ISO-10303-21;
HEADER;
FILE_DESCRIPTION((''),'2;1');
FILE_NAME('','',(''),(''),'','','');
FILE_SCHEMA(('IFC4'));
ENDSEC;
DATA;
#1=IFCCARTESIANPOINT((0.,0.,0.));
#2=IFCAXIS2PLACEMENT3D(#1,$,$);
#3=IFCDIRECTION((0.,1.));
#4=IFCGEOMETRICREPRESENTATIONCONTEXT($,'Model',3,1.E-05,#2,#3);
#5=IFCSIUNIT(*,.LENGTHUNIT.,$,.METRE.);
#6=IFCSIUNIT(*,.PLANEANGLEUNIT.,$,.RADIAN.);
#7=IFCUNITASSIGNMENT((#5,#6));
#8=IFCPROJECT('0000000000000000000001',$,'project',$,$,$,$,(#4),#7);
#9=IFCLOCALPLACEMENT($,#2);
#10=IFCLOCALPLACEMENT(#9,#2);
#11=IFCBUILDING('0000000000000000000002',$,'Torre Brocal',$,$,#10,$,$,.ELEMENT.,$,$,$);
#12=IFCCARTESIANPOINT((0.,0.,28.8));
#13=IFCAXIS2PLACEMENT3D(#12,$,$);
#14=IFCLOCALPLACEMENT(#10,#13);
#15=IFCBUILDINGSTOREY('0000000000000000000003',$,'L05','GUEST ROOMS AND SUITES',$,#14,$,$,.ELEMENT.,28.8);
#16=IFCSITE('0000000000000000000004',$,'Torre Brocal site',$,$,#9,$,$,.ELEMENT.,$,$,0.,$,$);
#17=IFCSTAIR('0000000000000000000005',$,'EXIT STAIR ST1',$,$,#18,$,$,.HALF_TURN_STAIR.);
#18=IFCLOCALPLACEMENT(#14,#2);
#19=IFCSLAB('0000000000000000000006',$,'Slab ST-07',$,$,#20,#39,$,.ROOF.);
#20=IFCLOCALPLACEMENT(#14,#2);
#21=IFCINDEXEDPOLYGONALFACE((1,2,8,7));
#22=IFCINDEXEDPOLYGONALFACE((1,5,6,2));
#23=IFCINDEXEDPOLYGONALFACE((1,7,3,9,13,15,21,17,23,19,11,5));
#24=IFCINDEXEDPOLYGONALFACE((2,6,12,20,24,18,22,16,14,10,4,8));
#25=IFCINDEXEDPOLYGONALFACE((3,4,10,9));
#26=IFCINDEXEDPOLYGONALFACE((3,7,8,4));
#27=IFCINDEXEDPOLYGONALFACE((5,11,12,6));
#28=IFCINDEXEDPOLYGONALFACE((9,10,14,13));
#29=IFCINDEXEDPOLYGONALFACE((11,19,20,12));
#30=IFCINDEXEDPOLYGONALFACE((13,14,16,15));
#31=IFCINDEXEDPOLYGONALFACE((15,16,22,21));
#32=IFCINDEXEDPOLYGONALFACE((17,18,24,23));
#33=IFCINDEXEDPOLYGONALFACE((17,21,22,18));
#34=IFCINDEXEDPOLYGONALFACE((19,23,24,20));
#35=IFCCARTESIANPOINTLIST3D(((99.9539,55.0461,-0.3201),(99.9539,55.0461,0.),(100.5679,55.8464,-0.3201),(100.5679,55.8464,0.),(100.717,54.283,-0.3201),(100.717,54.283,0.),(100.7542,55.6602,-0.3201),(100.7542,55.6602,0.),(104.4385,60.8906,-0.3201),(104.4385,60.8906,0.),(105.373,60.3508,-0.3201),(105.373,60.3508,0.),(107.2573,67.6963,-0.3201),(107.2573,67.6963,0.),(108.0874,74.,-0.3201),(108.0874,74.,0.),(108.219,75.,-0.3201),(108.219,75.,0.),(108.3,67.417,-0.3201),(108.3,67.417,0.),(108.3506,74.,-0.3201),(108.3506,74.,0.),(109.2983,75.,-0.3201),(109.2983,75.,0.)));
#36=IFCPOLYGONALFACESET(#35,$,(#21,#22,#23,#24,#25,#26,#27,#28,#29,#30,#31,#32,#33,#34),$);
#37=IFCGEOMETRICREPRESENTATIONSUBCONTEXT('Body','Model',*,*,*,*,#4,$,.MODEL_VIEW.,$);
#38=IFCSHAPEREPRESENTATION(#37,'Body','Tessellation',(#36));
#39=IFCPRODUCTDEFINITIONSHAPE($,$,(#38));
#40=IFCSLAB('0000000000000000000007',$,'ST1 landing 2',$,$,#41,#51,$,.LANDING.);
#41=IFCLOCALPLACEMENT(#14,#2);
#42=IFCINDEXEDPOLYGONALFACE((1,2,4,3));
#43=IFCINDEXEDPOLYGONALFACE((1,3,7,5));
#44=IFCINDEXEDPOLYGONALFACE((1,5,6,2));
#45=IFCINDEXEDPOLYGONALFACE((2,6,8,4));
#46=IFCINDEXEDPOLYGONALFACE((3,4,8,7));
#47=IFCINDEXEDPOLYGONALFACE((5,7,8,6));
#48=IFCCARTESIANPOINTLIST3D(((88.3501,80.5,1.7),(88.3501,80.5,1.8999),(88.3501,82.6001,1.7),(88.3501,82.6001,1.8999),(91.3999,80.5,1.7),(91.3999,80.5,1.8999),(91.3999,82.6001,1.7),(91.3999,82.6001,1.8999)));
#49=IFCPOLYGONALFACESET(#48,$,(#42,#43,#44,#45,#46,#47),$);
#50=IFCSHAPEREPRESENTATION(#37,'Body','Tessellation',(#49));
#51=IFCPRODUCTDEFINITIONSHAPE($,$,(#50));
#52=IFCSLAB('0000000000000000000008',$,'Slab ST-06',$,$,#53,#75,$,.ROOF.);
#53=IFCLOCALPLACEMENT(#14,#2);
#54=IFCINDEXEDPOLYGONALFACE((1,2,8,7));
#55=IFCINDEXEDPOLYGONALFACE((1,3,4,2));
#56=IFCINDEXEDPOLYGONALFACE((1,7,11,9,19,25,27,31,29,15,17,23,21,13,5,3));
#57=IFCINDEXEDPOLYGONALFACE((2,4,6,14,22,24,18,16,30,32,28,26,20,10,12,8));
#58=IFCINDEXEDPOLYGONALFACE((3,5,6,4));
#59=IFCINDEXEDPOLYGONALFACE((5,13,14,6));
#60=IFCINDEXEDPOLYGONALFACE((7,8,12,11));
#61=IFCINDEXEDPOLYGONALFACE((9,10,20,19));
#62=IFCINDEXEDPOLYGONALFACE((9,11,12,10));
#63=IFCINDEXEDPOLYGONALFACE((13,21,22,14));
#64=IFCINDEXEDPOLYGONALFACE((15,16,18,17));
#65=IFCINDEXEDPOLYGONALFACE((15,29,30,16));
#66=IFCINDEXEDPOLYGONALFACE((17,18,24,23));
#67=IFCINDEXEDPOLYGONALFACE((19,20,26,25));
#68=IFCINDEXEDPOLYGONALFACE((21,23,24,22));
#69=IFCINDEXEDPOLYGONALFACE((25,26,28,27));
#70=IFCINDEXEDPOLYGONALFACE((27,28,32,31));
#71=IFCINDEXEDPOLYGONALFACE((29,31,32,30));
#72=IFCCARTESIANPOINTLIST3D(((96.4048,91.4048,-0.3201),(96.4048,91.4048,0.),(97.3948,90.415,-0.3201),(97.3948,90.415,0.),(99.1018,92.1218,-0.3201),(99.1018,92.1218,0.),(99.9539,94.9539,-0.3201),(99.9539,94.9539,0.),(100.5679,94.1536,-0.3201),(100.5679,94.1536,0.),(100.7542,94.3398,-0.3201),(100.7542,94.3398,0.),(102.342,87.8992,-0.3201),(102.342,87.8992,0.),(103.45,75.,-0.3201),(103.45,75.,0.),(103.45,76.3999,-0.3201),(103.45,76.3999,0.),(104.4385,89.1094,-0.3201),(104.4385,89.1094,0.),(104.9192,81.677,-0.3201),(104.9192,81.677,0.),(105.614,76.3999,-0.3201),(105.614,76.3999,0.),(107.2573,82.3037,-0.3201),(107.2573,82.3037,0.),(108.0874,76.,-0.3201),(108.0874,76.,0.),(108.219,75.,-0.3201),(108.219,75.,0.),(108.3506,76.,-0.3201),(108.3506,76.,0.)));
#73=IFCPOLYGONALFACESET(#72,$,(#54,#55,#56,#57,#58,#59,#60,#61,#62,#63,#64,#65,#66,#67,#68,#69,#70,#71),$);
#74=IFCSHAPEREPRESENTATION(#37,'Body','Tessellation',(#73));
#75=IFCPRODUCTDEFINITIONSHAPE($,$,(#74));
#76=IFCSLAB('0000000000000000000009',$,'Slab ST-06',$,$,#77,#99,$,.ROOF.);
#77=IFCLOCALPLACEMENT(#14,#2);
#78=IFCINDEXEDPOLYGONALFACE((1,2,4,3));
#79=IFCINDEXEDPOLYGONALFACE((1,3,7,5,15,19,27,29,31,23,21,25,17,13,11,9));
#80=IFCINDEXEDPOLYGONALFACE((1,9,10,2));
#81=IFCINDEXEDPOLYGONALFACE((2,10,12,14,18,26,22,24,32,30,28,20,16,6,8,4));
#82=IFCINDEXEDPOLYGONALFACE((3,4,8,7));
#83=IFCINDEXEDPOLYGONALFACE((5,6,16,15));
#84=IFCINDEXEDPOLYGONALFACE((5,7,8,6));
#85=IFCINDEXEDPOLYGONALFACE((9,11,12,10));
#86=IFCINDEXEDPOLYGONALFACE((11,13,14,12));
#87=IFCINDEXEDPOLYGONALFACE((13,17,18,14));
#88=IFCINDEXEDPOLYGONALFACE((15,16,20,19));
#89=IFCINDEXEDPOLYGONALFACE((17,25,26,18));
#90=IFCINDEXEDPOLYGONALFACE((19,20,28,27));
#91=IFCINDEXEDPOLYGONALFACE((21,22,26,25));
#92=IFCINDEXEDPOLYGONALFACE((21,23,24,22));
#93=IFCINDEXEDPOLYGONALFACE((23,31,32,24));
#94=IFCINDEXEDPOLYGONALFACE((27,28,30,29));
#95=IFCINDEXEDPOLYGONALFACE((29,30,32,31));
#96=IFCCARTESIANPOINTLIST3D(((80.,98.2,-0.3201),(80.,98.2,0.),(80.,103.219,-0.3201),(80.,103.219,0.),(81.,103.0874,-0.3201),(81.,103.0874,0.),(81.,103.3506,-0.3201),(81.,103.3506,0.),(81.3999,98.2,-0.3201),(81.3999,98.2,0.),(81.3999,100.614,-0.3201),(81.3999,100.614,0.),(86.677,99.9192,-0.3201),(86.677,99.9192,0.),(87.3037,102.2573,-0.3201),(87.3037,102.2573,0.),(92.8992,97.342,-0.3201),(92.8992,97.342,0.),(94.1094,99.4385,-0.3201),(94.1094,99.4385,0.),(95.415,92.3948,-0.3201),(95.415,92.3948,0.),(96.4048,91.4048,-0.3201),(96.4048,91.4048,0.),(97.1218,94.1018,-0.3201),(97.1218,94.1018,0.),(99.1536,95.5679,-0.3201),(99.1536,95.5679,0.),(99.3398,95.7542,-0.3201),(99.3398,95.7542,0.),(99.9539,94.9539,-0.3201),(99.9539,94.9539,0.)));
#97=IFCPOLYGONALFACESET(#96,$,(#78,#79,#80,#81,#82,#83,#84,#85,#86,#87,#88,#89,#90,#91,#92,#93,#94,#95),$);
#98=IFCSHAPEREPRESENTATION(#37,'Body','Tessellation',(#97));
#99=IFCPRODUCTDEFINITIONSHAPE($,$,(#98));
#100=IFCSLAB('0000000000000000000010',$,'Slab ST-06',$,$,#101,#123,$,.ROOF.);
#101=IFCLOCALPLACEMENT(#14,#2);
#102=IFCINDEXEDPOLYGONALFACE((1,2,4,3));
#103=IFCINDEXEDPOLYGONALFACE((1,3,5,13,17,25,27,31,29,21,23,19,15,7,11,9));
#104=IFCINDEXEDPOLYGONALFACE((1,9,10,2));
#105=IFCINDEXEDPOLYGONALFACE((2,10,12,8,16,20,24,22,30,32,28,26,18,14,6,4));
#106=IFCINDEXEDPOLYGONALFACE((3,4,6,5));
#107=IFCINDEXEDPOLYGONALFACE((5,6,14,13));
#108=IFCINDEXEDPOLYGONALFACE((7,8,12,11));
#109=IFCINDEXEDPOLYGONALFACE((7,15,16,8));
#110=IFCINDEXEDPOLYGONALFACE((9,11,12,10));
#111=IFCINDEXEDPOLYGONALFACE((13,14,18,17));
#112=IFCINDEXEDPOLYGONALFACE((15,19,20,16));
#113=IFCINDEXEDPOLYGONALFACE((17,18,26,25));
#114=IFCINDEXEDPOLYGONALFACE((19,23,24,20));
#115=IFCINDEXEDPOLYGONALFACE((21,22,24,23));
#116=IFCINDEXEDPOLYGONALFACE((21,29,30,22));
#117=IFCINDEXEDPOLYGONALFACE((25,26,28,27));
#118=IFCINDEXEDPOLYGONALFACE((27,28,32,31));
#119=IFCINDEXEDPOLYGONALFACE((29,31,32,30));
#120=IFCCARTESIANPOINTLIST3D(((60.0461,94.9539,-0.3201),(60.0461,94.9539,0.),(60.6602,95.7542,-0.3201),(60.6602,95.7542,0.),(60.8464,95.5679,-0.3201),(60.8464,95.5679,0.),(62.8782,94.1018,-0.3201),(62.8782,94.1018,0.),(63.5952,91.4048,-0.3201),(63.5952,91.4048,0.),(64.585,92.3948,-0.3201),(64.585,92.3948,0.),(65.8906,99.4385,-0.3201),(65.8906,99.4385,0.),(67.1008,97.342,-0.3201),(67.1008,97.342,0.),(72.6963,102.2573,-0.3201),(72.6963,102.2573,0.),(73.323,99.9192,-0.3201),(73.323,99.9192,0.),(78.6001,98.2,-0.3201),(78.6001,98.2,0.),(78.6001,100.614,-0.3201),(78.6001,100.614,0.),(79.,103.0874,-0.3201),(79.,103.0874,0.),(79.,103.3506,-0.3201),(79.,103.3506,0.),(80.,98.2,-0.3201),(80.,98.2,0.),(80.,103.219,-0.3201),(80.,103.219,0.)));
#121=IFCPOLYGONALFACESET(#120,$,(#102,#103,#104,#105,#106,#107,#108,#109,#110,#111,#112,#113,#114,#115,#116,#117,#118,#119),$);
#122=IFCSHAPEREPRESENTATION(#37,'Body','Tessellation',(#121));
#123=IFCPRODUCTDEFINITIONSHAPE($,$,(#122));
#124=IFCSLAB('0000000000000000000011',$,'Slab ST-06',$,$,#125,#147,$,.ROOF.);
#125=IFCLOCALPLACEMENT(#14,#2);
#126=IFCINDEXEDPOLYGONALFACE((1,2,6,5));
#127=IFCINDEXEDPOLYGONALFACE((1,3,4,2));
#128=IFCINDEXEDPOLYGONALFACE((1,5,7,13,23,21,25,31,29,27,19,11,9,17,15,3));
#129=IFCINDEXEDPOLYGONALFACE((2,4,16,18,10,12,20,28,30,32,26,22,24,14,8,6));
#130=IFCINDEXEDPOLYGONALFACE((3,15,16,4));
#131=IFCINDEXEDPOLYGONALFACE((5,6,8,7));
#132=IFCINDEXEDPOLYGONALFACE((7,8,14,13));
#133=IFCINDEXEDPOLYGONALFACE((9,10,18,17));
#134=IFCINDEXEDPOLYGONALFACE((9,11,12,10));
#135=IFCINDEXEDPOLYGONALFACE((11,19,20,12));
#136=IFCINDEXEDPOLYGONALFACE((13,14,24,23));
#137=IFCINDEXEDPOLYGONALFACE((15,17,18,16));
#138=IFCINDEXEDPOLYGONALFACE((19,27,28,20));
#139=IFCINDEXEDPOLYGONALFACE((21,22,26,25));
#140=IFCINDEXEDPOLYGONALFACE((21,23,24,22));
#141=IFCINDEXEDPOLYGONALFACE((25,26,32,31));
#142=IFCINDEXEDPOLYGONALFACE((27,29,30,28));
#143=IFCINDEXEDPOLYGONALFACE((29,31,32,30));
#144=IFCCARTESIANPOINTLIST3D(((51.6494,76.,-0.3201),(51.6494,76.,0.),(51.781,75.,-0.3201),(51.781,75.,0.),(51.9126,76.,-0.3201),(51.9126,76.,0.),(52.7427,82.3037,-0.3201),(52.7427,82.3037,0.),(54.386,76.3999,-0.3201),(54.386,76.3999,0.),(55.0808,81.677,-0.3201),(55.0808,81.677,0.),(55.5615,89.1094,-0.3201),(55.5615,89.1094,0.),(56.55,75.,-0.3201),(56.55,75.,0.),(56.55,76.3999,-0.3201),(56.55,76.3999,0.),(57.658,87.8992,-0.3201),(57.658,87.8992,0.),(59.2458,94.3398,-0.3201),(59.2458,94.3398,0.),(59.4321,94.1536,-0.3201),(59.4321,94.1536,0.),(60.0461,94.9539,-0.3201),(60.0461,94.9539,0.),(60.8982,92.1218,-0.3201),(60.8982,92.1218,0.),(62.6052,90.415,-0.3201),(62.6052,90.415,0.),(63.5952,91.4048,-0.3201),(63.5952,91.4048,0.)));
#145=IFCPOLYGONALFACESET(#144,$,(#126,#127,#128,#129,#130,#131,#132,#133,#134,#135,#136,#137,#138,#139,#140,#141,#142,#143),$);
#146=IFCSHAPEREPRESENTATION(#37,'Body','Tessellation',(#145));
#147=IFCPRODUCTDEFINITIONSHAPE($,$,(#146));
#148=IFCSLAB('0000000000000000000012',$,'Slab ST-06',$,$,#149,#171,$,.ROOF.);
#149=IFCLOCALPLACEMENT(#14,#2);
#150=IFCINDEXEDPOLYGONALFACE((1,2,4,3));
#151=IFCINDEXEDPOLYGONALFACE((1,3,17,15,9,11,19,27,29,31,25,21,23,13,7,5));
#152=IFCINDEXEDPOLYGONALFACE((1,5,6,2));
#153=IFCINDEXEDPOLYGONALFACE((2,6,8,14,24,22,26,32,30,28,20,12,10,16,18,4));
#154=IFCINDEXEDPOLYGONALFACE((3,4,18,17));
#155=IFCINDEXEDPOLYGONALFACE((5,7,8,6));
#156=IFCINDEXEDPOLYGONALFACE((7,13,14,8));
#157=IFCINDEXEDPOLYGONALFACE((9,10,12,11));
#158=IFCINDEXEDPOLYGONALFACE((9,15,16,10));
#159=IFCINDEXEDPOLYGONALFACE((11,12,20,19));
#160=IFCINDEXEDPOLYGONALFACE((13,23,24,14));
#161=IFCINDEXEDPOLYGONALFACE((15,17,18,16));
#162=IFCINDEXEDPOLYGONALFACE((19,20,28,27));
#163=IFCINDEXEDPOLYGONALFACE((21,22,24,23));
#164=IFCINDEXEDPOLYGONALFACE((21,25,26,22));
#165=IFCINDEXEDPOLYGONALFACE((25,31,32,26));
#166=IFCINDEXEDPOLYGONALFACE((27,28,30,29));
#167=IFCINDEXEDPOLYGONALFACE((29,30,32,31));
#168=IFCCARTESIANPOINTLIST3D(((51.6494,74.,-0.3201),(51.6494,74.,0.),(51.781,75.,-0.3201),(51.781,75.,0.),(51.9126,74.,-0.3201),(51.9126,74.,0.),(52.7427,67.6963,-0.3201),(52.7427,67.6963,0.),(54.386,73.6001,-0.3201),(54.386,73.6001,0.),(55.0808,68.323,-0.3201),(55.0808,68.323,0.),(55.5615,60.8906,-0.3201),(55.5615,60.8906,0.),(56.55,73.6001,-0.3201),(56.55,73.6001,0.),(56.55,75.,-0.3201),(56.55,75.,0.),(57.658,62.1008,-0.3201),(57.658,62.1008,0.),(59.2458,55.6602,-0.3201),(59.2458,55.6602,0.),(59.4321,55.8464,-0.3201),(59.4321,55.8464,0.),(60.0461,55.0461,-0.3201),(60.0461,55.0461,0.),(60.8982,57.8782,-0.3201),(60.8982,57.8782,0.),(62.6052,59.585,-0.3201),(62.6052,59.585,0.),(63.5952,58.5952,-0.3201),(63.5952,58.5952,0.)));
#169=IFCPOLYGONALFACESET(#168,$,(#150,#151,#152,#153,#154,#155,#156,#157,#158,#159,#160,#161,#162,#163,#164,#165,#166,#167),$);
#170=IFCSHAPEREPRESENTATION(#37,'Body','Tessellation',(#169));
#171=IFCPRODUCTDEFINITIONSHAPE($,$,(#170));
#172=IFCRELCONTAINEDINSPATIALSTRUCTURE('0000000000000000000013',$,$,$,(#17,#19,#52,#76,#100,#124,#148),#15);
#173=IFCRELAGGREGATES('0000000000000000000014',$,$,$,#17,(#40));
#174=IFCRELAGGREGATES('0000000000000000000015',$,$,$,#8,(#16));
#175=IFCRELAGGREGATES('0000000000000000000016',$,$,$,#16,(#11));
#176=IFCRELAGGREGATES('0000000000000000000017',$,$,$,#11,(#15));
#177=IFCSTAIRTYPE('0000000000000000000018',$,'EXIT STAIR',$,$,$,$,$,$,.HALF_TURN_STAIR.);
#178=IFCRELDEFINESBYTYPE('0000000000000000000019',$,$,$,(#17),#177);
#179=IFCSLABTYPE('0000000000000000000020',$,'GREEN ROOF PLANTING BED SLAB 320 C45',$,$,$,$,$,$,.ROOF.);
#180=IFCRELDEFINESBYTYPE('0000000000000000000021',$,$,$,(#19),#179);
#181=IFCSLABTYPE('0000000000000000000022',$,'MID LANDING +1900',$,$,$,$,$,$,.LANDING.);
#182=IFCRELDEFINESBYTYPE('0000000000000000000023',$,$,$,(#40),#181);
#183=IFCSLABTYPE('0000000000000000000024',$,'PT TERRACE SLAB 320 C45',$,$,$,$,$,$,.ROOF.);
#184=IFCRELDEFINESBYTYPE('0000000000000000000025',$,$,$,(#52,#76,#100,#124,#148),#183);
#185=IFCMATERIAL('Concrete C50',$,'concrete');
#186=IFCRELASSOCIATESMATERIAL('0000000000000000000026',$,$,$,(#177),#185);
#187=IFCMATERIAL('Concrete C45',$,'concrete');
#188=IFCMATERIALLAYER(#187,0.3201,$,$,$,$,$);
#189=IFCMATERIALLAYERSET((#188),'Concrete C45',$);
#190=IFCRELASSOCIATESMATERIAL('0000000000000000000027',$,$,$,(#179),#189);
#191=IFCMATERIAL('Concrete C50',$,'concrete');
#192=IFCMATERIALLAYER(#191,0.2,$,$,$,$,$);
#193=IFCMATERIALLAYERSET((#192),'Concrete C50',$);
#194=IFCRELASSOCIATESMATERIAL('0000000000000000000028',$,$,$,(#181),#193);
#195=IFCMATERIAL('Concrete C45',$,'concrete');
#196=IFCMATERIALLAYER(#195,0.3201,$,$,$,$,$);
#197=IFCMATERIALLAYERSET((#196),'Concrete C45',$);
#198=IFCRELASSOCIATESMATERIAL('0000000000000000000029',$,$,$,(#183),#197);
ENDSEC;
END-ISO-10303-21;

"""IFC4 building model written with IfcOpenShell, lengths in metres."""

from ifc_helpers import new_model, si_unit, direction, frame, origin, place, context, subcontext, project, spatial, polyline, outline, extrude, material, layer, layer_set, type_object, element, aggregate, save


model = new_model("IFC4")

# Units and contexts
model_context = context("Model", 3, precision=1e-05, world=origin(), true_north=direction((0.0, 1.0)))
body_context = subcontext(model_context, "Body", "Model", "MODEL_VIEW")
ifc_project = project(units=[si_unit("LENGTHUNIT", "METRE"), si_unit("PLANEANGLEUNIT", "RADIAN")], contexts=[model_context])

# Site, building, storey
site_placement = place(None, origin())
site = spatial("IfcSite", under=ifc_project, at=site_placement, Name="Torre Brocal site", CompositionType="ELEMENT", RefElevation=0.0)
building_placement = place(site_placement, origin())
building = spatial("IfcBuilding", under=site, at=building_placement, Name="Torre Brocal", CompositionType="ELEMENT")
storey_placement = place(building_placement, frame((0.0, 0.0, 28.8)))
storey = spatial("IfcBuildingStorey", under=building, at=storey_placement, Name="L05", Description="GUEST ROOMS AND SUITES", CompositionType="ELEMENT", Elevation=28.8)

# Stair
ifc_material_1 = material(Name="Concrete C50", Category="concrete")
stair_type = type_object("IfcStairType", Name="EXIT STAIR", PredefinedType="HALF_TURN_STAIR", material=ifc_material_1)
stair_1_placement = place(storey_placement, origin())
stair_1 = element("IfcStair", 1, at=stair_1_placement, inside=storey, type_object=stair_type, Name="EXIT STAIR ST1", PredefinedType="HALF_TURN_STAIR")

# Slab
ifc_material_2 = material(Name="Concrete C45", Category="concrete")
ifc_layer_1 = layer(ifc_material_2, 0.3201)
ifc_layer_set_1 = layer_set([ifc_layer_1], Name="Concrete C45")
slab_type_1 = type_object("IfcSlabType", Name="GREEN ROOF PLANTING BED SLAB 320 C45", PredefinedType="ROOF", material=ifc_layer_set_1)
slab_1_placement = place(storey_placement, frame((0.0, 0.0, -0.3201)))
element("IfcSlab", 2, at=slab_1_placement, inside=storey, type_object=slab_type_1, Name="Slab ST-07", PredefinedType="ROOF", context=body_context, shape_type="SweptSolid", body=[
    extrude(outline(polyline([(100.7542, 55.6602), (100.5679, 55.8464), (104.4385, 60.8906), (107.2573, 67.6963), (108.0874, 74.0), (108.3506, 74.0), (108.219, 75.0), (109.2983, 75.0), (108.3, 67.417), (105.373, 60.3508), (100.717, 54.283), (99.9539, 55.0461), (100.7542, 55.6602)])), origin(), (0.0, 0.0, 1.0), 0.3201),
])

# Slab
ifc_material_3 = material(Name="Concrete C50", Category="concrete")
ifc_layer_2 = layer(ifc_material_3, 0.2)
ifc_layer_set_2 = layer_set([ifc_layer_2], Name="Concrete C50")
slab_type_2 = type_object("IfcSlabType", Name="MID LANDING +1900", PredefinedType="LANDING", material=ifc_layer_set_2)
slab_2_placement = place(storey_placement, frame((0.0, 0.0, 1.7)))
slab_2 = element("IfcSlab", 3, at=slab_2_placement, type_object=slab_type_2, Name="ST1 landing 2", PredefinedType="LANDING", context=body_context, shape_type="SweptSolid", body=[
    extrude(outline(polyline([(88.3501, 80.5), (91.3999, 80.5), (91.3999, 82.6001), (88.3501, 82.6001), (88.3501, 80.5)])), origin(), (0.0, 0.0, 1.0), 0.2),
])
aggregate(stair_1, [slab_2])

# Slabs
ifc_material_4 = material(Name="Concrete C45", Category="concrete")
ifc_layer_3 = layer(ifc_material_4, 0.3201)
ifc_layer_set_3 = layer_set([ifc_layer_3], Name="Concrete C45")
slab_type_3 = type_object("IfcSlabType", Name="PT TERRACE SLAB 320 C45", PredefinedType="ROOF", material=ifc_layer_set_3)
slab_3_placement = place(storey_placement, frame((0.0, 0.0, -0.3201)))
element("IfcSlab", 4, at=slab_3_placement, inside=storey, type_object=slab_type_3, Name="Slab ST-06", PredefinedType="ROOF", context=body_context, shape_type="SweptSolid", body=[
    extrude(outline(polyline([(103.45, 76.3999), (105.614, 76.3999), (104.9192, 81.677), (102.342, 87.8992), (99.1018, 92.1218), (97.3948, 90.415), (96.4048, 91.4048), (99.9539, 94.9539), (100.7542, 94.3398), (100.5679, 94.1536), (104.4385, 89.1094), (107.2573, 82.3037), (108.0874, 76.0), (108.3506, 76.0), (108.219, 75.0), (103.45, 75.0), (103.45, 76.3999)])), origin(), (0.0, 0.0, 1.0), 0.3201),
])
slab_4_placement = place(storey_placement, frame((0.0, 0.0, -0.3201)))
element("IfcSlab", 5, at=slab_4_placement, inside=storey, type_object=slab_type_3, Name="Slab ST-06", PredefinedType="ROOF", context=body_context, shape_type="SweptSolid", body=[
    extrude(outline(polyline([(95.415, 92.3948), (97.1218, 94.1018), (92.8992, 97.342), (86.677, 99.9192), (81.3999, 100.614), (81.3999, 98.2), (80.0, 98.2), (80.0, 103.219), (81.0, 103.3506), (81.0, 103.0874), (87.3037, 102.2573), (94.1094, 99.4385), (99.1536, 95.5679), (99.3398, 95.7542), (99.9539, 94.9539), (96.4048, 91.4048), (95.415, 92.3948)])), origin(), (0.0, 0.0, 1.0), 0.3201),
])
slab_5_placement = place(storey_placement, frame((0.0, 0.0, -0.3201)))
element("IfcSlab", 6, at=slab_5_placement, inside=storey, type_object=slab_type_3, Name="Slab ST-06", PredefinedType="ROOF", context=body_context, shape_type="SweptSolid", body=[
    extrude(outline(polyline([(78.6001, 98.2), (78.6001, 100.614), (73.323, 99.9192), (67.1008, 97.342), (62.8782, 94.1018), (64.585, 92.3948), (63.5952, 91.4048), (60.0461, 94.9539), (60.6602, 95.7542), (60.8464, 95.5679), (65.8906, 99.4385), (72.6963, 102.2573), (79.0, 103.0874), (79.0, 103.3506), (80.0, 103.219), (80.0, 98.2), (78.6001, 98.2)])), origin(), (0.0, 0.0, 1.0), 0.3201),
])
slab_6_placement = place(storey_placement, frame((0.0, 0.0, -0.3201)))
element("IfcSlab", 7, at=slab_6_placement, inside=storey, type_object=slab_type_3, Name="Slab ST-06", PredefinedType="ROOF", context=body_context, shape_type="SweptSolid", body=[
    extrude(outline(polyline([(62.6052, 90.415), (60.8982, 92.1218), (57.658, 87.8992), (55.0808, 81.677), (54.386, 76.3999), (56.55, 76.3999), (56.55, 75.0), (51.781, 75.0), (51.6494, 76.0), (51.9126, 76.0), (52.7427, 82.3037), (55.5615, 89.1094), (59.4321, 94.1536), (59.2458, 94.3398), (60.0461, 94.9539), (63.5952, 91.4048), (62.6052, 90.415)])), origin(), (0.0, 0.0, 1.0), 0.3201),
])
slab_7_placement = place(storey_placement, frame((0.0, 0.0, -0.3201)))
element("IfcSlab", 8, at=slab_7_placement, inside=storey, type_object=slab_type_3, Name="Slab ST-06", PredefinedType="ROOF", context=body_context, shape_type="SweptSolid", body=[
    extrude(outline(polyline([(56.55, 73.6001), (54.386, 73.6001), (55.0808, 68.323), (57.658, 62.1008), (60.8982, 57.8782), (62.6052, 59.585), (63.5952, 58.5952), (60.0461, 55.0461), (59.2458, 55.6602), (59.4321, 55.8464), (55.5615, 60.8906), (52.7427, 67.6963), (51.9126, 74.0), (51.6494, 74.0), (51.781, 75.0), (56.55, 75.0), (56.55, 73.6001)])), origin(), (0.0, 0.0, 1.0), 0.3201),
])

save(model, "model.ifc")
